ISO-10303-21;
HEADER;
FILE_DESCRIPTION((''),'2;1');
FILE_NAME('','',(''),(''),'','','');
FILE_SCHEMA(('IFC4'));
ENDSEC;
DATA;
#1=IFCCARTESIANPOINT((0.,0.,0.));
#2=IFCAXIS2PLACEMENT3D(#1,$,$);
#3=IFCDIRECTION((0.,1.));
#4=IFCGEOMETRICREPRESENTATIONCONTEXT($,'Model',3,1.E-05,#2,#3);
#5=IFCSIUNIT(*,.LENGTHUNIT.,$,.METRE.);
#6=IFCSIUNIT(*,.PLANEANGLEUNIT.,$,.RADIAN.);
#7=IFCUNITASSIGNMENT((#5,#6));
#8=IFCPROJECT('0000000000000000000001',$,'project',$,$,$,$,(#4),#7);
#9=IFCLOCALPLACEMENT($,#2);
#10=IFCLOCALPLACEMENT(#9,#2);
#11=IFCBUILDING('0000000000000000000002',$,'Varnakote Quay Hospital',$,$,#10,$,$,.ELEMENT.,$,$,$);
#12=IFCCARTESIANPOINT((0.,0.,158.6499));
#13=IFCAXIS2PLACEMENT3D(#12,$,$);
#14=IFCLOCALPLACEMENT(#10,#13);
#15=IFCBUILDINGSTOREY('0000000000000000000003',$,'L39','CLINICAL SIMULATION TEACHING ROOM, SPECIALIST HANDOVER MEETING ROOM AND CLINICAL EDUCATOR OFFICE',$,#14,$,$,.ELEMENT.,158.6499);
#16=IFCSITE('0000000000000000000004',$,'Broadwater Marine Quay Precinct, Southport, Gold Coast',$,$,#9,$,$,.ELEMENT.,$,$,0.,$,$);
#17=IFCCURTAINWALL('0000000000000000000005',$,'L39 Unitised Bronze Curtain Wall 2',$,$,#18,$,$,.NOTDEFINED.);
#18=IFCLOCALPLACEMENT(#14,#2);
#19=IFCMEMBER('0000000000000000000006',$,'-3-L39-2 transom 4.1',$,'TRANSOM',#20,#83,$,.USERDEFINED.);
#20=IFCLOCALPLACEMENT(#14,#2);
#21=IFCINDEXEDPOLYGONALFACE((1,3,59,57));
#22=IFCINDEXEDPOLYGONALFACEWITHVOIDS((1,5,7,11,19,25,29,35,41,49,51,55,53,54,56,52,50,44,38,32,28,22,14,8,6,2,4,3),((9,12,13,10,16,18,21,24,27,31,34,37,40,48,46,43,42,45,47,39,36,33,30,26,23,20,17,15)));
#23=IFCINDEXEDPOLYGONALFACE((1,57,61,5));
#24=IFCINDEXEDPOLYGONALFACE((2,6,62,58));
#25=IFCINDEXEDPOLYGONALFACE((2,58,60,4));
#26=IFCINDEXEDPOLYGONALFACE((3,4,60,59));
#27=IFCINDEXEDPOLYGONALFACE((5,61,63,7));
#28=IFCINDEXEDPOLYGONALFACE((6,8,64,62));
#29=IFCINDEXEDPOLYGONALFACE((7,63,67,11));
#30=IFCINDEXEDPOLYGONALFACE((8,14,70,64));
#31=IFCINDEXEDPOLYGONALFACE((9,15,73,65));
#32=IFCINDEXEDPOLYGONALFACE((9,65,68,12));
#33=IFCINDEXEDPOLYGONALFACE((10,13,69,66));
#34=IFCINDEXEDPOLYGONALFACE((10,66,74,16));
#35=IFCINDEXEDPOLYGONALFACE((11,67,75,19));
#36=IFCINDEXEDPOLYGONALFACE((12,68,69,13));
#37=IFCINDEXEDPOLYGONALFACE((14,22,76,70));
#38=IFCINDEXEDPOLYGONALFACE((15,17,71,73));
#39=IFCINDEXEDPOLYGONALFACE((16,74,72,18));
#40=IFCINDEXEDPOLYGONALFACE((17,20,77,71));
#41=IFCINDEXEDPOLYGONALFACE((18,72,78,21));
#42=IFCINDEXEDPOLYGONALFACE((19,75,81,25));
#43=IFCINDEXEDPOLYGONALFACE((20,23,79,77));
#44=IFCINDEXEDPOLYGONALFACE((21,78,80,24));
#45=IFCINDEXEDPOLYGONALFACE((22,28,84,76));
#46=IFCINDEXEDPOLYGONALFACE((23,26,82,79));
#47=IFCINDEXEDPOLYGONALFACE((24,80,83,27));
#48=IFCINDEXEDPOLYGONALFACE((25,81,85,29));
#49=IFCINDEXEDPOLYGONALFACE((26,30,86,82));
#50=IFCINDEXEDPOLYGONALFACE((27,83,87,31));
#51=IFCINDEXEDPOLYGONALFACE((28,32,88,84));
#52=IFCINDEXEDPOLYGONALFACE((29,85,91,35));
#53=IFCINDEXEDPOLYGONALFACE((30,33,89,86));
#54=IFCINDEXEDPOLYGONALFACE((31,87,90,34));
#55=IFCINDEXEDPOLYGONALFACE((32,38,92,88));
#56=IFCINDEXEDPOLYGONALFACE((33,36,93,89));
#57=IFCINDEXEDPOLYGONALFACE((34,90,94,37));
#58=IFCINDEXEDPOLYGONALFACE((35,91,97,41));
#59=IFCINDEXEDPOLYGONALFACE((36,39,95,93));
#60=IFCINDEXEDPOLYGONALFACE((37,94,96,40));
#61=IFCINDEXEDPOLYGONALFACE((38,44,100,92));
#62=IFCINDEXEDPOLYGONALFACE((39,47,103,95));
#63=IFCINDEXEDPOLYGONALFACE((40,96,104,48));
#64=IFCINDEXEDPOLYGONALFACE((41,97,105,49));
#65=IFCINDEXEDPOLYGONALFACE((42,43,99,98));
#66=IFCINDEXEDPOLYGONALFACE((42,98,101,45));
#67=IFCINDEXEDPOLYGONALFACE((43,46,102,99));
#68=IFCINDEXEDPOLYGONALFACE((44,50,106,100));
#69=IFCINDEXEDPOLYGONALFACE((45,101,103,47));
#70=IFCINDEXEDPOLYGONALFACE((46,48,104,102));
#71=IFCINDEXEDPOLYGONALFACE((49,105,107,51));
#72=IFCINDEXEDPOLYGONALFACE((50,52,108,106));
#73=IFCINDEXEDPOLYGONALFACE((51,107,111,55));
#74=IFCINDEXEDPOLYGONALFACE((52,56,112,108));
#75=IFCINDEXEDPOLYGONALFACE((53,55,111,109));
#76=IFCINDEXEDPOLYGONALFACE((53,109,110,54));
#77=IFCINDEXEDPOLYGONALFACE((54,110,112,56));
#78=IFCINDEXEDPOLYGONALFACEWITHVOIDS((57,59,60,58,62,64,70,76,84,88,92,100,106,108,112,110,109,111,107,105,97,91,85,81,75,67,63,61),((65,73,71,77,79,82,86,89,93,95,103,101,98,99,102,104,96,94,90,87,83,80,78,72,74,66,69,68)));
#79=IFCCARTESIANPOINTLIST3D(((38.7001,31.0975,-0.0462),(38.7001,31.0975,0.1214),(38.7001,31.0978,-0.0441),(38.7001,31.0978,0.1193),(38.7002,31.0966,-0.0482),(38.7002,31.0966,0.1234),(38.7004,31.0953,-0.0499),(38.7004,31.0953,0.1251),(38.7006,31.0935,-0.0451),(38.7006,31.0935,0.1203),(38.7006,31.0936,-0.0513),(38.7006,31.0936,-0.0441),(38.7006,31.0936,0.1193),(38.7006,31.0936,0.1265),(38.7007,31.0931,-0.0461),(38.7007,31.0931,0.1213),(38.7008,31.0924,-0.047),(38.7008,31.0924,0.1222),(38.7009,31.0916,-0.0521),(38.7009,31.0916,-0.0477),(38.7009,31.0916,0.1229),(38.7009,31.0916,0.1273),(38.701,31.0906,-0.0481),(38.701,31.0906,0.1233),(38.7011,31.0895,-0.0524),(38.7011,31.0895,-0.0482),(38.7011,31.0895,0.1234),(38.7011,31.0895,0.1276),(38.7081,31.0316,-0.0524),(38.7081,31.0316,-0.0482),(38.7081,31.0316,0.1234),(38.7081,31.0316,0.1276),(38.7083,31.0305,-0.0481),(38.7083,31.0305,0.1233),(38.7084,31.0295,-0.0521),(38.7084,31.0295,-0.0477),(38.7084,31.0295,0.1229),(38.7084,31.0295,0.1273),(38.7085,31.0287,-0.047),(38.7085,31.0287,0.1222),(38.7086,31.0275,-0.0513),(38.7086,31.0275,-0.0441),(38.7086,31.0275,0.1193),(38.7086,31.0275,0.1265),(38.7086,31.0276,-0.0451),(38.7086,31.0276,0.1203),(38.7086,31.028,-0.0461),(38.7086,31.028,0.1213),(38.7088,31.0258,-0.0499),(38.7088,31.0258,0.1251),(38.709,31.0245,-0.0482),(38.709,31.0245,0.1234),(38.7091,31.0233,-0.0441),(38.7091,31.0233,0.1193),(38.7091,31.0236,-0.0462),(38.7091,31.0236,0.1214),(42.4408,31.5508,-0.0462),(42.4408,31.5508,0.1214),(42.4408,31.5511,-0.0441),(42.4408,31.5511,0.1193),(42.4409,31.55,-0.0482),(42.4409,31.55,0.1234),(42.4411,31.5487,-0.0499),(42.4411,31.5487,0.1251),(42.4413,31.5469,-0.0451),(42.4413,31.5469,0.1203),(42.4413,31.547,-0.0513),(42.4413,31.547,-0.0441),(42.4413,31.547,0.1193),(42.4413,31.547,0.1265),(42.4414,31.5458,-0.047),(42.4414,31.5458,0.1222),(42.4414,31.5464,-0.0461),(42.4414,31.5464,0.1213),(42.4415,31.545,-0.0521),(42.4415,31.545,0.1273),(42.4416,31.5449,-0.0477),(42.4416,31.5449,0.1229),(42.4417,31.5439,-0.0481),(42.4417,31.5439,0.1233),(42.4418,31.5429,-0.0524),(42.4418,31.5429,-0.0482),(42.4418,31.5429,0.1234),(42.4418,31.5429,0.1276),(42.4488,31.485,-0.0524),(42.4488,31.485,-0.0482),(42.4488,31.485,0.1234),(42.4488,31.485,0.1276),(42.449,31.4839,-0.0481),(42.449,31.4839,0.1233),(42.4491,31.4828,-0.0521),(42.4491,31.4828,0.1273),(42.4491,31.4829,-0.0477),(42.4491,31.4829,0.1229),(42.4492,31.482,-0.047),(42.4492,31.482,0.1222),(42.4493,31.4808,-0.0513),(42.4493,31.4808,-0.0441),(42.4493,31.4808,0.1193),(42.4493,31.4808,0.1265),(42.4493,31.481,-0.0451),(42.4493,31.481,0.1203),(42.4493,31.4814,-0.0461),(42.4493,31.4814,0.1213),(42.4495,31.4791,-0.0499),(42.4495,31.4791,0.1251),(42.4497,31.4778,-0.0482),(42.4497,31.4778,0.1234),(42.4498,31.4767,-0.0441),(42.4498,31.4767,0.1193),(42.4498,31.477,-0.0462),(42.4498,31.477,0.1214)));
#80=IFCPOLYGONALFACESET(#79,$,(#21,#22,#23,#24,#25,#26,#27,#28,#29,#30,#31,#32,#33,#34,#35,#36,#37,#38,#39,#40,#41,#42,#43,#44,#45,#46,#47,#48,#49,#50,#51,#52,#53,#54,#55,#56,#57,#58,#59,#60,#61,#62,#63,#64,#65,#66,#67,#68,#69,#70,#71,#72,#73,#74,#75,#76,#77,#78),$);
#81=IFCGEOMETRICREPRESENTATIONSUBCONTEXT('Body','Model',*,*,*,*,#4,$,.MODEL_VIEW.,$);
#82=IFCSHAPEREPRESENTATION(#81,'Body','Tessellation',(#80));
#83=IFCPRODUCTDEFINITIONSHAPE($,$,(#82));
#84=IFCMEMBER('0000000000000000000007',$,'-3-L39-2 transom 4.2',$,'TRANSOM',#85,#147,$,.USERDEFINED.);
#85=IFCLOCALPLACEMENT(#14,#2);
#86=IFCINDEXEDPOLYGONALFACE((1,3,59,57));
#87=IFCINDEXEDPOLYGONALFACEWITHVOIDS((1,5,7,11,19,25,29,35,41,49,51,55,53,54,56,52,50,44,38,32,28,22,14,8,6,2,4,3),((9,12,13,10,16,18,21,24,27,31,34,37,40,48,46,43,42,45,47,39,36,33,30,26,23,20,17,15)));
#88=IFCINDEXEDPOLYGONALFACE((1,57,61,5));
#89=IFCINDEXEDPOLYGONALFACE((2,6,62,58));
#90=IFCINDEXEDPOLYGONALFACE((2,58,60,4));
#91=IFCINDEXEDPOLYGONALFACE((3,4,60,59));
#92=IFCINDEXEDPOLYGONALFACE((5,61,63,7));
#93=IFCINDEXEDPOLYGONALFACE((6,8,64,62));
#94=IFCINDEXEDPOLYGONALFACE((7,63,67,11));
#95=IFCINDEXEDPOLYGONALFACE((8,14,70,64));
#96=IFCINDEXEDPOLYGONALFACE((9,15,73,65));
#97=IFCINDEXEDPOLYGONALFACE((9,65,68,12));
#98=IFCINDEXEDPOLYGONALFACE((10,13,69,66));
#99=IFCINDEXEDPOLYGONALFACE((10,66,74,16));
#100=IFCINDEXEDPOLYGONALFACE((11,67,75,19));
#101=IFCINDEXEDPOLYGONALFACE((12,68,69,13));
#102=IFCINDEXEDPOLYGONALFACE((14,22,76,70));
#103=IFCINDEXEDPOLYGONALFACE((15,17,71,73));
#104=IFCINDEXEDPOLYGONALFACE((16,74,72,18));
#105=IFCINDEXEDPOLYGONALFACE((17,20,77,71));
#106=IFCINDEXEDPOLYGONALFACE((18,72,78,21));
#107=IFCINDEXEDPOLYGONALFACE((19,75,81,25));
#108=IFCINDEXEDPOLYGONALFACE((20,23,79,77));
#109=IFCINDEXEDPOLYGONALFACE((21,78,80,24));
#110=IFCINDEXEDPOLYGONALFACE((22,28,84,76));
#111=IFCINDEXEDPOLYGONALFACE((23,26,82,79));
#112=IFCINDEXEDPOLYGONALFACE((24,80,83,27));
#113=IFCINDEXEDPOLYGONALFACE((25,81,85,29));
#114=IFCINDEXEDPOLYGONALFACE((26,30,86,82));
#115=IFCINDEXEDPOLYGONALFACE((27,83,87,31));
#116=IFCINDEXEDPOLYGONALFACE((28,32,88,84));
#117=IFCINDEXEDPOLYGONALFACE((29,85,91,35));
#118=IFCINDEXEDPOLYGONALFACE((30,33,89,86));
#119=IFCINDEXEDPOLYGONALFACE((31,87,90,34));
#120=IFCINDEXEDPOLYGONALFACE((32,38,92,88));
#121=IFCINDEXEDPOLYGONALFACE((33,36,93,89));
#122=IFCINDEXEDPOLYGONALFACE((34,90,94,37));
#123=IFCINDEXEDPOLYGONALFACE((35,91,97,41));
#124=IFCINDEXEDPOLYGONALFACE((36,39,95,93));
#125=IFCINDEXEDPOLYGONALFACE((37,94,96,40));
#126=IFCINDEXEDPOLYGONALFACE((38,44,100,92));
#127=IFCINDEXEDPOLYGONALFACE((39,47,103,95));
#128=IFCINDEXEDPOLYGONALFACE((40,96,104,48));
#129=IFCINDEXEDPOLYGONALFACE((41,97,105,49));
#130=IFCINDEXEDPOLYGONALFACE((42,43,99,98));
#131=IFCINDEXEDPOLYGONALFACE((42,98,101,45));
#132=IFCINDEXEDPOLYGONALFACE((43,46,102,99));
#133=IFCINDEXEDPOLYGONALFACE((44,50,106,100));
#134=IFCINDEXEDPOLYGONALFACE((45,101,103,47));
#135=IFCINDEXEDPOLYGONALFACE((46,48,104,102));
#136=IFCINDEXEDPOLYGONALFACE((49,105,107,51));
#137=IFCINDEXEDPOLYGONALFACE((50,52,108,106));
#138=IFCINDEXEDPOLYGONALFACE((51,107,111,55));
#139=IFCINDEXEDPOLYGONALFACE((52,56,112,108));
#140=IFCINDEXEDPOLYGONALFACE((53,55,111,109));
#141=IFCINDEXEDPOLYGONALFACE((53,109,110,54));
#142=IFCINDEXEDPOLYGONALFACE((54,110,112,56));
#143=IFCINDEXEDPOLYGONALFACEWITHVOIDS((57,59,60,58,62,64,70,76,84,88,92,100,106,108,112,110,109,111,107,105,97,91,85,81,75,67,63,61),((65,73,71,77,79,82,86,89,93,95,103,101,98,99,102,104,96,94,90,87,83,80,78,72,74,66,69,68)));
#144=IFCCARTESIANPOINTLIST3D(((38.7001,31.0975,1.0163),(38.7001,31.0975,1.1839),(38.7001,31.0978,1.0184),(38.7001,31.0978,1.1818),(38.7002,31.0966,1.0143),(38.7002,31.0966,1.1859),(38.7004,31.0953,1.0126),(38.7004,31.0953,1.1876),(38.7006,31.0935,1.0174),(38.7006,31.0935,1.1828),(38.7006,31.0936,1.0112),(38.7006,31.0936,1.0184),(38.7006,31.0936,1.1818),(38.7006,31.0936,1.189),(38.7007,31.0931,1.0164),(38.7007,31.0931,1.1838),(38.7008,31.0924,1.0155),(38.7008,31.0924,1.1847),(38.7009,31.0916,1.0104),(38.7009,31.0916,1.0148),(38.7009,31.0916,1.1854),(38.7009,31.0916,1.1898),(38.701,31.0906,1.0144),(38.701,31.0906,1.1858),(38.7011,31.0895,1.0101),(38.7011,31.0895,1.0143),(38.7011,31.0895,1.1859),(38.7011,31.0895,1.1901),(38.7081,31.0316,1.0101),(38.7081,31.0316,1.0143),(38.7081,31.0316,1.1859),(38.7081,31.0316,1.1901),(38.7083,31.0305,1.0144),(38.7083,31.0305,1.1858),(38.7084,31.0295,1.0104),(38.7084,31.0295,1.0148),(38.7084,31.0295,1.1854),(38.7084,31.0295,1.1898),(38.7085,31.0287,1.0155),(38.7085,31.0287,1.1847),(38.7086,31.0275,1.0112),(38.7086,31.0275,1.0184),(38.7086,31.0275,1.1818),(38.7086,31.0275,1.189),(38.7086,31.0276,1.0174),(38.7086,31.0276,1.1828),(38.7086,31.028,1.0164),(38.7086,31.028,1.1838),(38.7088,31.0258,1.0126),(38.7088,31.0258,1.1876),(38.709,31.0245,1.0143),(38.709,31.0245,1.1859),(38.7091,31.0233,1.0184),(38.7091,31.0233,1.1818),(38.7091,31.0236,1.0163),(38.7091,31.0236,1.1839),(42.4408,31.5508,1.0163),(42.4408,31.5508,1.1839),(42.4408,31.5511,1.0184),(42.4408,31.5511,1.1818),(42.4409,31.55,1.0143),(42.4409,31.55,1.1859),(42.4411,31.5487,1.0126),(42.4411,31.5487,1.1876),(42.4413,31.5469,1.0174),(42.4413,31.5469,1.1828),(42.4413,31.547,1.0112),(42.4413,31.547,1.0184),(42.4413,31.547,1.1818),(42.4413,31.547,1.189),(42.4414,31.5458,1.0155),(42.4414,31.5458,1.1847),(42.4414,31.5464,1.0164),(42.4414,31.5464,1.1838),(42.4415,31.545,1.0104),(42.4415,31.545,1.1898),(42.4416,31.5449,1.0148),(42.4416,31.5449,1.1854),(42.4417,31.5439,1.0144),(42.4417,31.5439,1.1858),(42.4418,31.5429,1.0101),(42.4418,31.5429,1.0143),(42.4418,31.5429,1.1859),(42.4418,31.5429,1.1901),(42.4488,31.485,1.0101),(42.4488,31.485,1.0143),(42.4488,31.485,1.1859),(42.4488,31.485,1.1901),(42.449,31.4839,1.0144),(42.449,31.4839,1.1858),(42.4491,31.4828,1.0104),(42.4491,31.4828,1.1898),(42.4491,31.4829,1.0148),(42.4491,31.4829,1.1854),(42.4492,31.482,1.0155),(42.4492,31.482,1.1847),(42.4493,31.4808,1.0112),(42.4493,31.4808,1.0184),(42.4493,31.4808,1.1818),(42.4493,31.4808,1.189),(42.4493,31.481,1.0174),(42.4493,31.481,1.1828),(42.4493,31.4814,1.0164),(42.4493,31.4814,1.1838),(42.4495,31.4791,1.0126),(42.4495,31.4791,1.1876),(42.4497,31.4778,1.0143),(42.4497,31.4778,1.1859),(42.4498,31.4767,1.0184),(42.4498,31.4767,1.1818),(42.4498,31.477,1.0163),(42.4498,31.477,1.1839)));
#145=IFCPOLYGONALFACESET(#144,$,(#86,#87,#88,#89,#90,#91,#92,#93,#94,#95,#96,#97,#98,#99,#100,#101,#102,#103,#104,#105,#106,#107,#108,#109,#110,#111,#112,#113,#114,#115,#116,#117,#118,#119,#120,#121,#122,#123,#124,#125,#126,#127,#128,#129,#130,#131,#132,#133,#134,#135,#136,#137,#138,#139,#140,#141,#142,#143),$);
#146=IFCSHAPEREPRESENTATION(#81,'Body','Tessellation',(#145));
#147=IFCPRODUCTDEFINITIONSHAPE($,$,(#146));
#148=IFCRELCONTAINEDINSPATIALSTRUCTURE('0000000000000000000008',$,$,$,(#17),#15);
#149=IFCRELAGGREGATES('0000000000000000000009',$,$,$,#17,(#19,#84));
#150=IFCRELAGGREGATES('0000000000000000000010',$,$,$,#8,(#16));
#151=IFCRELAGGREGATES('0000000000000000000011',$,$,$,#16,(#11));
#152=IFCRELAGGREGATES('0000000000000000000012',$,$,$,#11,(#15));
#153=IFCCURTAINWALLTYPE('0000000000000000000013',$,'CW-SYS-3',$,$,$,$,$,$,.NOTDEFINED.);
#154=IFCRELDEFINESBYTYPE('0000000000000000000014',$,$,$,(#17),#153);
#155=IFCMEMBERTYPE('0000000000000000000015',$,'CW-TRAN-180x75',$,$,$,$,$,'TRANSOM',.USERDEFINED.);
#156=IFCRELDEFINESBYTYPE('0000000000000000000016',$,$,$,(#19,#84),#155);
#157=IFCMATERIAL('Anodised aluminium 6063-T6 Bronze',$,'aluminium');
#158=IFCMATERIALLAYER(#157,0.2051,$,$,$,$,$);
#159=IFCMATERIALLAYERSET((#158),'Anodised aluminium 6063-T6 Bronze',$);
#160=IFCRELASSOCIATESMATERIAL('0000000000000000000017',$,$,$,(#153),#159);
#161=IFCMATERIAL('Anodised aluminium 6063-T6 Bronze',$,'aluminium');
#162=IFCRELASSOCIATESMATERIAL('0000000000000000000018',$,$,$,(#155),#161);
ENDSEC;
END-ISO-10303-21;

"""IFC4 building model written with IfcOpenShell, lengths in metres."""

from ifc_helpers import new_model, si_unit, direction, frame, origin, origin_2d, place, context, subcontext, project, spatial, hollow_rectangle, extrude, material, layer, layer_set, material_profile, profile_set, type_object, element, aggregate, save


model = new_model("IFC4")

# Units and contexts
model_context = context("Model", 3, precision=1e-05, world=origin(), true_north=direction((0.0, 1.0)))
body_context = subcontext(model_context, "Body", "Model", "MODEL_VIEW")
ifc_project = project(units=[si_unit("LENGTHUNIT", "METRE"), si_unit("PLANEANGLEUNIT", "RADIAN")], contexts=[model_context])

# Site, building, storey
site_placement = place(None, origin())
site = spatial("IfcSite", under=ifc_project, at=site_placement, Name="Broadwater Marine Quay Precinct, Southport, Gold Coast", CompositionType="ELEMENT", RefElevation=0.0)
building_placement = place(site_placement, origin())
building = spatial("IfcBuilding", under=site, at=building_placement, Name="Varnakote Quay Hospital", CompositionType="ELEMENT")
storey_placement = place(building_placement, frame((0.0, 0.0, 158.6499)))
storey = spatial("IfcBuildingStorey", under=building, at=storey_placement, Name="L39", Description="CLINICAL SIMULATION TEACHING ROOM, SPECIALIST HANDOVER MEETING ROOM AND CLINICAL EDUCATOR OFFICE", CompositionType="ELEMENT", Elevation=158.6499)

# Curtain wall, members
ifc_material_1 = material(Name="Anodised aluminium 6063-T6 Bronze", Category="aluminium")
ifc_layer_1 = layer(ifc_material_1, 0.2051)
ifc_layer_set_1 = layer_set([ifc_layer_1], Name="Anodised aluminium 6063-T6 Bronze")
curtain_wall_type = type_object("IfcCurtainWallType", Name="CW-SYS-3", PredefinedType="NOTDEFINED", material=ifc_layer_set_1)
curtain_wall_placement = place(storey_placement, origin())
curtain_wall = element("IfcCurtainWall", 1, at=curtain_wall_placement, inside=storey, type_object=curtain_wall_type, Name="L39 Unitised Bronze Curtain Wall 2", PredefinedType="NOTDEFINED")
ifc_material_2 = material(Name="Anodised aluminium 6063-T6 Bronze", Category="aluminium")
ifc_material_profile_1 = material_profile(ifc_material_2, hollow_rectangle(XDim=0.075, YDim=0.1799, WallThickness=0.0042, InnerFilletRadius=0.0042, OuterFilletRadius=0.0083, at=origin_2d()), Name="CW-TRAN-180x75")
ifc_profile_set_1 = profile_set([ifc_material_profile_1], Name="Anodised aluminium 6063-T6 Bronze")
member_type_1 = type_object("IfcMemberType", Name="CW-TRAN-180x75", ElementType="TRANSOM", PredefinedType="USERDEFINED", material=ifc_profile_set_1)
member_1_placement = place(storey_placement, frame((42.4453, 31.5139, 0.0376), z_axis=(-0.992735, -0.120318, 0.0), x_axis=(0.120318, -0.992735, 0.0)))
member_1 = element("IfcMember", 2, at=member_1_placement, type_object=member_type_1, Name="-3-L39-2 transom 4.1", ObjectType="TRANSOM", PredefinedType="USERDEFINED", context=body_context, shape_type="SweptSolid", body=[
    extrude(hollow_rectangle(XDim=0.075, YDim=0.1799, WallThickness=0.0042, InnerFilletRadius=0.0042, OuterFilletRadius=0.0083, at=origin_2d()), origin(), (0.0, 0.0, 1.0), 3.7681),
])
member_2_placement = place(storey_placement, frame((42.4453, 31.5139, 1.1001), z_axis=(-0.992735, -0.120318, 0.0), x_axis=(0.120318, -0.992735, 0.0)))
member_2 = element("IfcMember", 3, at=member_2_placement, type_object=member_type_1, Name="-3-L39-2 transom 4.2", ObjectType="TRANSOM", PredefinedType="USERDEFINED", context=body_context, shape_type="SweptSolid", body=[
    extrude(hollow_rectangle(XDim=0.075, YDim=0.1799, WallThickness=0.0042, InnerFilletRadius=0.0042, OuterFilletRadius=0.0083, at=origin_2d()), origin(), (0.0, 0.0, 1.0), 3.7681),
])

aggregate(curtain_wall, [member_1, member_2])

save(model, "model.ifc")
